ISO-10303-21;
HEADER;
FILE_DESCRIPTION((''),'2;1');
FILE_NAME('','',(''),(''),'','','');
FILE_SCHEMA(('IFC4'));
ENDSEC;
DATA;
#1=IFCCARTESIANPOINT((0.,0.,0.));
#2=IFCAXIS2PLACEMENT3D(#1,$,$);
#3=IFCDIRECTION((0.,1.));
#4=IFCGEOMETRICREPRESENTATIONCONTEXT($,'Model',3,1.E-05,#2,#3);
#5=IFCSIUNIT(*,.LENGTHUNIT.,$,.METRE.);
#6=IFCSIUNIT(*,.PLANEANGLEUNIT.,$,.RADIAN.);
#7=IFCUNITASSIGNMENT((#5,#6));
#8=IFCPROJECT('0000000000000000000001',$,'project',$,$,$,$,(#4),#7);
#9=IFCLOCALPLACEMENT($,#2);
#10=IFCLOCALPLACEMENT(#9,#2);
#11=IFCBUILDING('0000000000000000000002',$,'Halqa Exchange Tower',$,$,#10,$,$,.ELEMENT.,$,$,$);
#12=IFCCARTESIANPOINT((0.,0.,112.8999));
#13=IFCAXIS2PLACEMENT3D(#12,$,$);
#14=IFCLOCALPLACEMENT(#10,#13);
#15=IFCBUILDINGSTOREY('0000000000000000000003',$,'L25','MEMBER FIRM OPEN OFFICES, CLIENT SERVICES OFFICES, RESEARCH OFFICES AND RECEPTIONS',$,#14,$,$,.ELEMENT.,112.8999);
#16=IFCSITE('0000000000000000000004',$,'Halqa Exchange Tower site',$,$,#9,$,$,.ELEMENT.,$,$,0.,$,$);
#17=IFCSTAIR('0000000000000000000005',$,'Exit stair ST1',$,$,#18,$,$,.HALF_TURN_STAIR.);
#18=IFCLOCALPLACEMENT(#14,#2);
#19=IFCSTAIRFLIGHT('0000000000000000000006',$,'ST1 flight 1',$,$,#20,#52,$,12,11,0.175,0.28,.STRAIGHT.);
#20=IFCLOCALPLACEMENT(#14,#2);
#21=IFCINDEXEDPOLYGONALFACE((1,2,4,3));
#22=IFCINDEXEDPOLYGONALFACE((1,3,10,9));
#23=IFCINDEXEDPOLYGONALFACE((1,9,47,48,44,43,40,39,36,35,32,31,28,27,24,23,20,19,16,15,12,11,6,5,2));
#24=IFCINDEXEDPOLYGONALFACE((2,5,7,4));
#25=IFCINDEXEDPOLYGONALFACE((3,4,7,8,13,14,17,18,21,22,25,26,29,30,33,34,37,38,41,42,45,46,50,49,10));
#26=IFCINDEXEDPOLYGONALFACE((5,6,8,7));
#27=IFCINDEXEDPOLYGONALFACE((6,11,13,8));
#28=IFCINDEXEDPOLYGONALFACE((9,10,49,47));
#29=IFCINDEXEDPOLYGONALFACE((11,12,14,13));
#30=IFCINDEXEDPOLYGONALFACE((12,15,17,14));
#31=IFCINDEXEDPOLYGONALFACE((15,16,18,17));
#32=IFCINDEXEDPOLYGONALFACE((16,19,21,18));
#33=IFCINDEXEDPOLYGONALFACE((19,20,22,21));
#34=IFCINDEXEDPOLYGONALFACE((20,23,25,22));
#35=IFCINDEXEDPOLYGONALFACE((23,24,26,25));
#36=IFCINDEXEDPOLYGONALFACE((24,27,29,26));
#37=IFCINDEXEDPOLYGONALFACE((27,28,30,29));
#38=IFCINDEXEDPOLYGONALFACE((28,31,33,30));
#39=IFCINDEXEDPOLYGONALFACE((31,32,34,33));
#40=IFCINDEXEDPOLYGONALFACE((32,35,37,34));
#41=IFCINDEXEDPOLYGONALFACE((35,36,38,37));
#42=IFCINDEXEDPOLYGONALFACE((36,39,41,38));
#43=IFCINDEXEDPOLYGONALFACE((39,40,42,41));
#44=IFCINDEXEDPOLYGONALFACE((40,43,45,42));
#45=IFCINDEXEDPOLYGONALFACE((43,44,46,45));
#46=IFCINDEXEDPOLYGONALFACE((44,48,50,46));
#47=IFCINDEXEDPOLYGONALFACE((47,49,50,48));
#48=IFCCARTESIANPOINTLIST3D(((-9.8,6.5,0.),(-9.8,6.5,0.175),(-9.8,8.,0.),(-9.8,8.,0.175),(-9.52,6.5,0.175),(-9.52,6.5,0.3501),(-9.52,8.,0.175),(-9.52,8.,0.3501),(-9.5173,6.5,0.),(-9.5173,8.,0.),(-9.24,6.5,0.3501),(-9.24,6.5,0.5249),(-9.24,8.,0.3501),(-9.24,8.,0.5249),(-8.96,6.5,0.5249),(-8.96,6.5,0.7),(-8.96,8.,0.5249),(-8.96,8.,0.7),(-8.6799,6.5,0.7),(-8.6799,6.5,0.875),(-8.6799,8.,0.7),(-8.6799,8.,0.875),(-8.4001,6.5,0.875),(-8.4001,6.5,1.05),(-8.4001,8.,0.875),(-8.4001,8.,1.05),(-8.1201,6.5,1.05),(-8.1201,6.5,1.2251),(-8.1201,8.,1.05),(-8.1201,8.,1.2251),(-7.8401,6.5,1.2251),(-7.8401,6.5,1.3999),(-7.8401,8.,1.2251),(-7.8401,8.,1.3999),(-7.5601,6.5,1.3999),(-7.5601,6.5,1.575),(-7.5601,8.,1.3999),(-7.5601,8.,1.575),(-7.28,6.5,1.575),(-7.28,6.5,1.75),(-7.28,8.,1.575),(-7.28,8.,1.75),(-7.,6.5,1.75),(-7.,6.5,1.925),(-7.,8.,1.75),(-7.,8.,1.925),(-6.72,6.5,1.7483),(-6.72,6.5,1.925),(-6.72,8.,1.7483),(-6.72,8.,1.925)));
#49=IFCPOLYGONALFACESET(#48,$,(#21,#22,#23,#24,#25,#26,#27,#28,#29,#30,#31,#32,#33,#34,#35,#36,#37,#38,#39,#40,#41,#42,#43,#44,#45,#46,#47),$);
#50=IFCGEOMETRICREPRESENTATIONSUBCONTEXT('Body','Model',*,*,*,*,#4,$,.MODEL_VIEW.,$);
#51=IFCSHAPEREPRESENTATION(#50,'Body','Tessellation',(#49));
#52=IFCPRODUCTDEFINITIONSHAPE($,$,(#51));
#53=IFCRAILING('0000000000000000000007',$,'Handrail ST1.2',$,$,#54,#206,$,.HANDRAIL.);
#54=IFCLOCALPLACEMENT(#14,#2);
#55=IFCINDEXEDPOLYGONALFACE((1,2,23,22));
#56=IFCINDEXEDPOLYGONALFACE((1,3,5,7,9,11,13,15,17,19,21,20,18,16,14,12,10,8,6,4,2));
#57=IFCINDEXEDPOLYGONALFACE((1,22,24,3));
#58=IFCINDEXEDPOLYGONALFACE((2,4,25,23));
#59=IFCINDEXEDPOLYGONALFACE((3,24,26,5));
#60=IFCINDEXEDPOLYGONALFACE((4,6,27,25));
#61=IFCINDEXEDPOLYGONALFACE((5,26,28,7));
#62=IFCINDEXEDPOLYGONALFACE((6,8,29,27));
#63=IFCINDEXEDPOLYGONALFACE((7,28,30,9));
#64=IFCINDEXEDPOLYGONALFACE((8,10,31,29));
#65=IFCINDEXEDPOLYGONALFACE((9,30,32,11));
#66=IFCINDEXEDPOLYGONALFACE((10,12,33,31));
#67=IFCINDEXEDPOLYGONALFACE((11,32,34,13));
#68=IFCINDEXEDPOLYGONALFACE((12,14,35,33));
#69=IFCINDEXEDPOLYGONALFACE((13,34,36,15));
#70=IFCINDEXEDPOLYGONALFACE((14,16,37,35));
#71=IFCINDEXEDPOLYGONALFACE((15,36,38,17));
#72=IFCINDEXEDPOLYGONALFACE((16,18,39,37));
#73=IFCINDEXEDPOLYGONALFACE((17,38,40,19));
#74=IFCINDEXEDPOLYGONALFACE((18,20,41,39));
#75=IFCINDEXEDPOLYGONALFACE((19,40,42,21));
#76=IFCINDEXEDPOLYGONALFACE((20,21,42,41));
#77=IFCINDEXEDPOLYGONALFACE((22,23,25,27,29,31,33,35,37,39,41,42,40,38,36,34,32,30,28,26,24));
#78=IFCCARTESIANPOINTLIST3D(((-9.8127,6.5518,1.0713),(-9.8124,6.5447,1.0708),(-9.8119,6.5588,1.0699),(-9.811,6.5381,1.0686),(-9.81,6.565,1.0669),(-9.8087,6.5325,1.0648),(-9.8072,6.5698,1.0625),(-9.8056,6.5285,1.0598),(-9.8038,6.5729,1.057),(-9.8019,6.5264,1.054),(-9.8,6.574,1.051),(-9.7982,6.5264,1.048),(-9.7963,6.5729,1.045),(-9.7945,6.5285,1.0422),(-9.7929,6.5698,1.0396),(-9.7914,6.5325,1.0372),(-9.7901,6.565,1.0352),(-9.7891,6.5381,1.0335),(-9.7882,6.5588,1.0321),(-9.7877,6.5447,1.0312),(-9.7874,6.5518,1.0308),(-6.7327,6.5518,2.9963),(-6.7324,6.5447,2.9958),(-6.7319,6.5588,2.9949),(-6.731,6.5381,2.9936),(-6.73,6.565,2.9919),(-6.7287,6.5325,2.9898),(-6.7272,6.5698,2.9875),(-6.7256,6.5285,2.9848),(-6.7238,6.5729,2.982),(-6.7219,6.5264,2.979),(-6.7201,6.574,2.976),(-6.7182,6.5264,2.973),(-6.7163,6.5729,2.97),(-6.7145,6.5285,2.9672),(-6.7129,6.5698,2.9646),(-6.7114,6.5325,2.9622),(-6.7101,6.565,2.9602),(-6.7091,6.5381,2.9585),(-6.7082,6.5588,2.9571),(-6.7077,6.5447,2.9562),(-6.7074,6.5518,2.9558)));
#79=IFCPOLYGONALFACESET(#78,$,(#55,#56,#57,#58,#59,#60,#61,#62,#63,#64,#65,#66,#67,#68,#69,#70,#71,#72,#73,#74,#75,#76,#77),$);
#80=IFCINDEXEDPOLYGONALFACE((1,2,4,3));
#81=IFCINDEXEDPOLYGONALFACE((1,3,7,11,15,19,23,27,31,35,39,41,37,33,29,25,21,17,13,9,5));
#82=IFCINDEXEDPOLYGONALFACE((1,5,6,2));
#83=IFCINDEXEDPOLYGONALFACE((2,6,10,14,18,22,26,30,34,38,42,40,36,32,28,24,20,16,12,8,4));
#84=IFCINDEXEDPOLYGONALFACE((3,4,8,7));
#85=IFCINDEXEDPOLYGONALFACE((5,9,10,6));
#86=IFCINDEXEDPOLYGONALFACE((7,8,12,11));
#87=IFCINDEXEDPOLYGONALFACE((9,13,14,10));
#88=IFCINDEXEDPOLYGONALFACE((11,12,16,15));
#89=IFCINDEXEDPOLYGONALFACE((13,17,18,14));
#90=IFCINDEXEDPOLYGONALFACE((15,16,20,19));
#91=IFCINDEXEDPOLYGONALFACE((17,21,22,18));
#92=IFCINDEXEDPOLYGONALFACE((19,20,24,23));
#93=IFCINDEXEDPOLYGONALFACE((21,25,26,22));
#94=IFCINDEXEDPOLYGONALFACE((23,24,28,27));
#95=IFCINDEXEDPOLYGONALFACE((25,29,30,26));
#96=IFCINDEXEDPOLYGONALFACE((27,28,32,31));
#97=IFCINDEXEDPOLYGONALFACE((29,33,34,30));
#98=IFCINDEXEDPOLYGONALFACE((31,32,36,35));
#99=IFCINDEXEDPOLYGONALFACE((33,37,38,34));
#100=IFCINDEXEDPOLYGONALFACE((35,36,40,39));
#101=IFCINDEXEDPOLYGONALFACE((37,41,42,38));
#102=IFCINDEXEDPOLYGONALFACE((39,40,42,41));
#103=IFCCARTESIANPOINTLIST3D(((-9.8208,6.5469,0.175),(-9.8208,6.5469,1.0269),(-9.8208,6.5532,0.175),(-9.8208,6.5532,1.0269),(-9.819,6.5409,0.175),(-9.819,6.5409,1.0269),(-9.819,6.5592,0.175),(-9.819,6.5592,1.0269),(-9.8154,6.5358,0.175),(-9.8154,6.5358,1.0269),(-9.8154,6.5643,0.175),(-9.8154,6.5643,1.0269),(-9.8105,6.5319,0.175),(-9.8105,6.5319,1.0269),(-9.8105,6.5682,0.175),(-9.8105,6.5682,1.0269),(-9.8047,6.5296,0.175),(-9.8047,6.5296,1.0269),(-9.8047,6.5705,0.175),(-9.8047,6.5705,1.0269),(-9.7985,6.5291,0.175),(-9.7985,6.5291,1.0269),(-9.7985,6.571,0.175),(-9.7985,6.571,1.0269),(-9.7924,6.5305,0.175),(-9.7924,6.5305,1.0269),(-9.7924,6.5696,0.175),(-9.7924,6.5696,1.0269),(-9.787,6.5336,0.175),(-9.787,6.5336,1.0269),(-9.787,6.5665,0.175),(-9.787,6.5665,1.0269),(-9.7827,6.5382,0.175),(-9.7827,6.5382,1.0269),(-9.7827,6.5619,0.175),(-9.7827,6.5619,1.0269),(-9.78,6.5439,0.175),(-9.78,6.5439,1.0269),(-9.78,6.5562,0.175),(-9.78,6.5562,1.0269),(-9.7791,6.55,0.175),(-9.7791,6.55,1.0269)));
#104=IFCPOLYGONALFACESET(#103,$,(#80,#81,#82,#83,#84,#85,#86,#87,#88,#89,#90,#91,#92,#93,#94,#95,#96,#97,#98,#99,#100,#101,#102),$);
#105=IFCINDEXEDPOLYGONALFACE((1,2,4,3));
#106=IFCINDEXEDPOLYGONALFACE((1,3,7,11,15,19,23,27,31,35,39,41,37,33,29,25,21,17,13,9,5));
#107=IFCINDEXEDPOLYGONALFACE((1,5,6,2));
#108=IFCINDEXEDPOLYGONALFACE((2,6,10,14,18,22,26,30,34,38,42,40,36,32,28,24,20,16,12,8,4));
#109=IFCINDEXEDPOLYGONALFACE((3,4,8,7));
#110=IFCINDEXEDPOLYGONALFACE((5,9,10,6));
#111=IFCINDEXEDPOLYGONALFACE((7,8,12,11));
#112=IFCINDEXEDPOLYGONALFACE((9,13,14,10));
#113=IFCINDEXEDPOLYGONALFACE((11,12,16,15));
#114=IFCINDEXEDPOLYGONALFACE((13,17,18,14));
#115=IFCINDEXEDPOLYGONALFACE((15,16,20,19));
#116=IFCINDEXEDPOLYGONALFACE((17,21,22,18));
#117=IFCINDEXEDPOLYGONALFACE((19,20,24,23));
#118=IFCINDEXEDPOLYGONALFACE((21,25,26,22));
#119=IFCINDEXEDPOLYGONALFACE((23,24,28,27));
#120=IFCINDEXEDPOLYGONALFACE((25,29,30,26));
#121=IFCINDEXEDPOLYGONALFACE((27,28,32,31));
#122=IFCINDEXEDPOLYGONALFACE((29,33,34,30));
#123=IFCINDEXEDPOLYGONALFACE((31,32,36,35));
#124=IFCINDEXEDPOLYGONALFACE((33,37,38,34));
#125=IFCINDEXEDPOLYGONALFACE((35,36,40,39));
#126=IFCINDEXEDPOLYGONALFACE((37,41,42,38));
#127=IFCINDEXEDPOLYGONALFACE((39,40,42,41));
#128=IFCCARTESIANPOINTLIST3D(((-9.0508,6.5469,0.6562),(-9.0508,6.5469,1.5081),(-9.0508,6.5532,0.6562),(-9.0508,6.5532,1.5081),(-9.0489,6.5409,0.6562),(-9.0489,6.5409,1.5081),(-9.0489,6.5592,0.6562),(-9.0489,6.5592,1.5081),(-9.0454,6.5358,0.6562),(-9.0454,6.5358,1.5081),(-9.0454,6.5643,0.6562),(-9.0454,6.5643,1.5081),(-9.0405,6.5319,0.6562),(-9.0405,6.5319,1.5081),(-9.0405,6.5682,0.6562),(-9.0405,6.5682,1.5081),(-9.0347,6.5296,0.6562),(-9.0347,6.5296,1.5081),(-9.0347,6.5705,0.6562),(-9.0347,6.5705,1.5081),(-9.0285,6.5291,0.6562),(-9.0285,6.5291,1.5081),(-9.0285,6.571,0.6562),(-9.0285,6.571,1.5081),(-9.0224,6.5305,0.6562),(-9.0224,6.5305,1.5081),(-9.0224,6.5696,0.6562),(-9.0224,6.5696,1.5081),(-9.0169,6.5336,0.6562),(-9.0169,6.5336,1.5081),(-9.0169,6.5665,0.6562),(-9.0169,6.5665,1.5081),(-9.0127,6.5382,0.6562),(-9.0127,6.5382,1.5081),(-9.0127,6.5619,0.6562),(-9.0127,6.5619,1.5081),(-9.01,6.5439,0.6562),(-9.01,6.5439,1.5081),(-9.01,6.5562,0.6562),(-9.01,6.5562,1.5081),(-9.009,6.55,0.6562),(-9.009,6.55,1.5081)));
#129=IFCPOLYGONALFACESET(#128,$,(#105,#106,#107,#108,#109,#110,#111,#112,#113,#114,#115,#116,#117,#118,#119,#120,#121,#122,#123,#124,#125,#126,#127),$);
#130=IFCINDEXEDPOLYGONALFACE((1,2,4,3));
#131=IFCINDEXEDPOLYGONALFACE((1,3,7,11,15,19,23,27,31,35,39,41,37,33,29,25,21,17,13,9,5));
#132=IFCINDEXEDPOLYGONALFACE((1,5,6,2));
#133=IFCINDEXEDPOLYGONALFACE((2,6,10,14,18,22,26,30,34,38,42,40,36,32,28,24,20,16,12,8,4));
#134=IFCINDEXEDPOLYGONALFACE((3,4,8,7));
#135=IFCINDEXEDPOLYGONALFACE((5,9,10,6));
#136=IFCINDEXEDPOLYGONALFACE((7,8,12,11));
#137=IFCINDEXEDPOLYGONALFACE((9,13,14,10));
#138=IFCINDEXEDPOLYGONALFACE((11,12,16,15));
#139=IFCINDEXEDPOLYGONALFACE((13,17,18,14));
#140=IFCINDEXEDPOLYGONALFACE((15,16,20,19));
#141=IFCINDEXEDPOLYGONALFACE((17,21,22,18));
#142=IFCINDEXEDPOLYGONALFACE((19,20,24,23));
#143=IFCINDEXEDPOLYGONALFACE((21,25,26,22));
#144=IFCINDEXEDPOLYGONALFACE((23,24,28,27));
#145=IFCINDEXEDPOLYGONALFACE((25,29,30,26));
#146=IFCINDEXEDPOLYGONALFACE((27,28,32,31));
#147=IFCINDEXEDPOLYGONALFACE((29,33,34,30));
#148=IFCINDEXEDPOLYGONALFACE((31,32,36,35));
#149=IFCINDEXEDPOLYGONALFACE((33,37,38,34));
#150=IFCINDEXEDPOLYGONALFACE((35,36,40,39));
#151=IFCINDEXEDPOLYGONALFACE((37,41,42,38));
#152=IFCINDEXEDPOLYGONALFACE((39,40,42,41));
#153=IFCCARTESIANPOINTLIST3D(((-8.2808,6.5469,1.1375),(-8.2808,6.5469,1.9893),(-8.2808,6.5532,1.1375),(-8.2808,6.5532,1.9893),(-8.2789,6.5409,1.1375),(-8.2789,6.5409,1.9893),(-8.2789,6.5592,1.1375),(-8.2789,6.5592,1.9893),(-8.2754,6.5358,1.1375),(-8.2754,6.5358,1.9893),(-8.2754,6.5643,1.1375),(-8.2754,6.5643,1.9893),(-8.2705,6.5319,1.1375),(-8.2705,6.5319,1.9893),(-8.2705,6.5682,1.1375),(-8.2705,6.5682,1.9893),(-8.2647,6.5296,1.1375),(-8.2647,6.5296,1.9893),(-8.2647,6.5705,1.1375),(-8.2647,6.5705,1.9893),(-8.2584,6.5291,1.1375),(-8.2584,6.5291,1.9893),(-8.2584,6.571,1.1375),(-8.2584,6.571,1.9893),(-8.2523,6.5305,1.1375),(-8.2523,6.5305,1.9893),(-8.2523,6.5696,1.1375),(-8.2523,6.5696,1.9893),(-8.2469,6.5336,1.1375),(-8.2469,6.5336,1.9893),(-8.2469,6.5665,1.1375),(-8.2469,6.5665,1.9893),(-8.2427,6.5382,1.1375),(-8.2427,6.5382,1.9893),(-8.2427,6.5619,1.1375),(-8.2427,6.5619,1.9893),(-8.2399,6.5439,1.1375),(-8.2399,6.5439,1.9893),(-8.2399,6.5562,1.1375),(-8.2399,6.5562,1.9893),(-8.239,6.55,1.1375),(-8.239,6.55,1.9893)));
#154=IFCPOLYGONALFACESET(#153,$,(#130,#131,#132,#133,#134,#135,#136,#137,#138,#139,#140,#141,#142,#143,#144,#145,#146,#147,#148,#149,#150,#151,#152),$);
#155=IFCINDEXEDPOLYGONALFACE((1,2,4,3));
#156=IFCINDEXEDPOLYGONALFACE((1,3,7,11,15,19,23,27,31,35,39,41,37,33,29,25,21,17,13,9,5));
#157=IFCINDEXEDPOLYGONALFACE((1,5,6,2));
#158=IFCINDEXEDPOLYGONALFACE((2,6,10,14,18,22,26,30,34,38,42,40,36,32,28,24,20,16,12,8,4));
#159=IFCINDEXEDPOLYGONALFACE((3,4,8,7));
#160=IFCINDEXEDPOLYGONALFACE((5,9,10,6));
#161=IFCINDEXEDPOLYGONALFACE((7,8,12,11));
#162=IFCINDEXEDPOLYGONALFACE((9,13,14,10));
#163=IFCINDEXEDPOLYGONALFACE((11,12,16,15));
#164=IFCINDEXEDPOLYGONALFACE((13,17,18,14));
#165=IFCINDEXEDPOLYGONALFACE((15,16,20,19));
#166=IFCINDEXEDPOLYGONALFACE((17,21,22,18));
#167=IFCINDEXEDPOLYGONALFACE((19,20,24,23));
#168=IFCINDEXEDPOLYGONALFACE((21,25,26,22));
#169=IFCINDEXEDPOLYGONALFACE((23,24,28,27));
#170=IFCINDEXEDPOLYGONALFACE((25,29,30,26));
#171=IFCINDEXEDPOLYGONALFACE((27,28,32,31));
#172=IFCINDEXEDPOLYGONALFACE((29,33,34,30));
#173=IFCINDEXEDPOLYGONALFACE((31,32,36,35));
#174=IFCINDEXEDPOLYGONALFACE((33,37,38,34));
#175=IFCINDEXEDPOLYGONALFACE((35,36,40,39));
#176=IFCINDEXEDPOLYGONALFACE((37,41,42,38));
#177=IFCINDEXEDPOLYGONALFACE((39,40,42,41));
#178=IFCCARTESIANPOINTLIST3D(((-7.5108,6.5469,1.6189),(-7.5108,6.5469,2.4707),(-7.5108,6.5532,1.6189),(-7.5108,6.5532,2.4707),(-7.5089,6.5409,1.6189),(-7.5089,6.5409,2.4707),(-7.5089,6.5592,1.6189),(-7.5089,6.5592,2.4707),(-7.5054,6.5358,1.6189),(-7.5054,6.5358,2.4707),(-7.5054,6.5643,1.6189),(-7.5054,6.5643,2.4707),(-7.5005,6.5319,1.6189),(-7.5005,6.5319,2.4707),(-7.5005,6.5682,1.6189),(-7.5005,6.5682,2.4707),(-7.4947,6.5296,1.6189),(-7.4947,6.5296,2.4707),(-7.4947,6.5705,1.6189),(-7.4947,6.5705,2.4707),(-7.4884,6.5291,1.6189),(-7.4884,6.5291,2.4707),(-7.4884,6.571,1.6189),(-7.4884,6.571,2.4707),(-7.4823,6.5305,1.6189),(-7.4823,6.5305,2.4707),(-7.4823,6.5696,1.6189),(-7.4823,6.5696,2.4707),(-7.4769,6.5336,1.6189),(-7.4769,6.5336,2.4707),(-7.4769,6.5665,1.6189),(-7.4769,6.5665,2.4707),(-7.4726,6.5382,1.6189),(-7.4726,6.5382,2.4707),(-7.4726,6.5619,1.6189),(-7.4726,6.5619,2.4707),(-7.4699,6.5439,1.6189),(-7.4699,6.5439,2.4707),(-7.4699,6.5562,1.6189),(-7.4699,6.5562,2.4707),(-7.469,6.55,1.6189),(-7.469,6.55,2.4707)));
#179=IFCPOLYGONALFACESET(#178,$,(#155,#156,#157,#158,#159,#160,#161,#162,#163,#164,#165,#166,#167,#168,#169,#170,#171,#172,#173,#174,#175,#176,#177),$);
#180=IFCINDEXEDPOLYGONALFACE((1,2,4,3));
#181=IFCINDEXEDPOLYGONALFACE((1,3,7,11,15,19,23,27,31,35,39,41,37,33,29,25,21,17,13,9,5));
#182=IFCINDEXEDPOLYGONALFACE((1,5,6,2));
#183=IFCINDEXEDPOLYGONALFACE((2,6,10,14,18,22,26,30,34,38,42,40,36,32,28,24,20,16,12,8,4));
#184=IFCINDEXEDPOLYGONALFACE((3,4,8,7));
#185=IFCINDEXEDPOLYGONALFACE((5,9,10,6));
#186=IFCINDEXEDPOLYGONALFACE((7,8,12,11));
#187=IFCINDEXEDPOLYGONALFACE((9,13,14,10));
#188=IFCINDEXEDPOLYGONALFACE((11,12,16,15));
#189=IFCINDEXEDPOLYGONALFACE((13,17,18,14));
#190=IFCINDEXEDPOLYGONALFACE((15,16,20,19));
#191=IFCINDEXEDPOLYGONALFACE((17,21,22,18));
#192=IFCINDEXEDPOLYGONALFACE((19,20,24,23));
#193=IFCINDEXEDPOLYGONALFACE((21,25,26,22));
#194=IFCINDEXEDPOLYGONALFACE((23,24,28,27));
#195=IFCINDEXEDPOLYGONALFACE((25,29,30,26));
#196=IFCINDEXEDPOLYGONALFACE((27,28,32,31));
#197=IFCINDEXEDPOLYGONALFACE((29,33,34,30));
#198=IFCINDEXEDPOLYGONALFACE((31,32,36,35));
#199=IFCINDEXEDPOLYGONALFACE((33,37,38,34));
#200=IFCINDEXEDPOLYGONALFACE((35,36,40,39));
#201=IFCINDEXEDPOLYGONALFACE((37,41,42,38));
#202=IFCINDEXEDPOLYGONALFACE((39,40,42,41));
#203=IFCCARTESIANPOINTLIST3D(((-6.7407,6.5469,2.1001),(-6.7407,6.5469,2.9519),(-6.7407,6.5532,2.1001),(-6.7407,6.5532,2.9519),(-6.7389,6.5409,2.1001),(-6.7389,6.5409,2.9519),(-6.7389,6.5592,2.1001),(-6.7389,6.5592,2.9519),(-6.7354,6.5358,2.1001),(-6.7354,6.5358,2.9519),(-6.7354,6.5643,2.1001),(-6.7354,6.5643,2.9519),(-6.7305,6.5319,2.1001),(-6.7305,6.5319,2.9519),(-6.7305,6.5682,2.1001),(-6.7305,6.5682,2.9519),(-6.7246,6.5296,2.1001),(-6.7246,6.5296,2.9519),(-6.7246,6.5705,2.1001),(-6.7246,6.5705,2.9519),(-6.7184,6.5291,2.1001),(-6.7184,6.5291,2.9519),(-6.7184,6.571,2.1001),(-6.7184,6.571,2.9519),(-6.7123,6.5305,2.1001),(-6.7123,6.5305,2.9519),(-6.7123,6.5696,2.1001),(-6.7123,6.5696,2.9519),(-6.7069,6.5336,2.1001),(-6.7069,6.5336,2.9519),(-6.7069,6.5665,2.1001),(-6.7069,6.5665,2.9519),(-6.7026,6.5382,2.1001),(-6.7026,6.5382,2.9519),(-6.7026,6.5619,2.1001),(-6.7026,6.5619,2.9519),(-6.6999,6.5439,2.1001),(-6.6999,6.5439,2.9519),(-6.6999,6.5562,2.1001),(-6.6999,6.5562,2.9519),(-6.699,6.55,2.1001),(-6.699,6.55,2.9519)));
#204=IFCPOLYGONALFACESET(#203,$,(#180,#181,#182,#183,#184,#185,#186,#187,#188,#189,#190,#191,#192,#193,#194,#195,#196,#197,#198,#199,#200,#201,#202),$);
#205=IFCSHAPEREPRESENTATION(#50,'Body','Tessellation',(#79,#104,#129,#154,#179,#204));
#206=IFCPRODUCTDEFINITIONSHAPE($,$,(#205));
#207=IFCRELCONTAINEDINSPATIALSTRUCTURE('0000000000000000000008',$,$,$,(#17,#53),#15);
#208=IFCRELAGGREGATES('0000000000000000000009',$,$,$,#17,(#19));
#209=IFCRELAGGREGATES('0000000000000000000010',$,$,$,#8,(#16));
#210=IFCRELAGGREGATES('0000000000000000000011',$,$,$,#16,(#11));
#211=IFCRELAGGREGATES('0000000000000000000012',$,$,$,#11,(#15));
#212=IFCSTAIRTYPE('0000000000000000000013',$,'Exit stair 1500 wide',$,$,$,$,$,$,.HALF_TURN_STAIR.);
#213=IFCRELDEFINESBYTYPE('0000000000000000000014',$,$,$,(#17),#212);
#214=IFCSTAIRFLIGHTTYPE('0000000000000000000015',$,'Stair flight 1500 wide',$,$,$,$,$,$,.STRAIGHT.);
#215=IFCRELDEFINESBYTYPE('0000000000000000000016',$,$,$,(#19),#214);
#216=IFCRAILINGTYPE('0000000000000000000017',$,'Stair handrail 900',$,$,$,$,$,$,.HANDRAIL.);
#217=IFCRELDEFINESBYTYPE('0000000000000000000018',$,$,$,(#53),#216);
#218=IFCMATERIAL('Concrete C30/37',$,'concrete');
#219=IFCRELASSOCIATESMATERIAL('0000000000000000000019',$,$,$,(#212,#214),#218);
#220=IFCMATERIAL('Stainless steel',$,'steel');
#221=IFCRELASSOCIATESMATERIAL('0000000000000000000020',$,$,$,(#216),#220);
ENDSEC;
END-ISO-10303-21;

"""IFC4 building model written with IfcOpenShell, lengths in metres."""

from ifc_helpers import new_model, si_unit, direction, frame, origin, origin_2d, place, context, subcontext, project, spatial, polyline, circle, outline, extrude, material, type_object, element, aggregate, save


model = new_model("IFC4")

# Units and contexts
model_context = context("Model", 3, precision=1e-05, world=origin(), true_north=direction((0.0, 1.0)))
body_context = subcontext(model_context, "Body", "Model", "MODEL_VIEW")
ifc_project = project(units=[si_unit("LENGTHUNIT", "METRE"), si_unit("PLANEANGLEUNIT", "RADIAN")], contexts=[model_context])

# Site, building, storey
site_placement = place(None, origin())
site = spatial("IfcSite", under=ifc_project, at=site_placement, Name="Halqa Exchange Tower site", CompositionType="ELEMENT", RefElevation=0.0)
building_placement = place(site_placement, origin())
building = spatial("IfcBuilding", under=site, at=building_placement, Name="Halqa Exchange Tower", CompositionType="ELEMENT")
storey_placement = place(building_placement, frame((0.0, 0.0, 112.8999)))
storey = spatial("IfcBuildingStorey", under=building, at=storey_placement, Name="L25", Description="MEMBER FIRM OPEN OFFICES, CLIENT SERVICES OFFICES, RESEARCH OFFICES AND RECEPTIONS", CompositionType="ELEMENT", Elevation=112.8999)

# Shared definitions
ifc_material_1 = material(Name="Stainless steel", Category="steel")

# Shared definitions
ifc_material_2 = material(Name="Concrete C30/37", Category="concrete")

# Stair, stair flight
stair_type = type_object("IfcStairType", Name="Exit stair 1500 wide", PredefinedType="HALF_TURN_STAIR", material=ifc_material_2)
stair_placement = place(storey_placement, origin())
stair = element("IfcStair", 1, at=stair_placement, inside=storey, type_object=stair_type, Name="Exit stair ST1", PredefinedType="HALF_TURN_STAIR")
stair_flight_type = type_object("IfcStairFlightType", Name="Stair flight 1500 wide", PredefinedType="STRAIGHT", material=ifc_material_2)
stair_flight_placement = place(storey_placement, frame((-9.8, 7.25, 0.0), z_axis=(0.0, 0.0, 1.0), x_axis=(1.0, 0.0, 0.0)))
stair_flight = element("IfcStairFlight", 2, at=stair_flight_placement, type_object=stair_flight_type, Name="ST1 flight 1", NumberOfRisers=12, NumberOfTreads=11, PredefinedType="STRAIGHT", RiserHeight=0.175, TreadLength=0.28, context=body_context, shape_type="SweptSolid", body=[
    extrude(outline(polyline([(0.0, 0.0), (0.0, 0.175), (0.28, 0.175), (0.28, 0.3501), (0.5601, 0.3501), (0.5601, 0.5249), (0.8401, 0.5249), (0.8401, 0.7), (1.1201, 0.7), (1.1201, 0.875), (1.3999, 0.875), (1.3999, 1.05), (1.6799, 1.05), (1.6799, 1.2251), (1.96, 1.2251), (1.96, 1.3999), (2.24, 1.3999), (2.24, 1.575), (2.52, 1.575), (2.52, 1.75), (2.8, 1.75), (2.8, 1.925), (3.0801, 1.925), (3.0801, 2.1001), (3.0801, 1.7483), (0.2827, 0.0), (0.0, 0.0)])), frame((0.0, 0.75, 0.0), z_axis=(0.0, -1.0, 0.0), x_axis=(1.0, 0.0, 0.0)), (0.0, 0.0, 1.0), 1.5),
])
aggregate(stair, [stair_flight])

# Railing
railing_type_1 = type_object("IfcRailingType", Name="Stair handrail 900", PredefinedType="HANDRAIL", material=ifc_material_1)
railing_1_placement = place(storey_placement, frame((-9.8, 6.55, 0.175)))
element("IfcRailing", 3, at=railing_1_placement, inside=storey, type_object=railing_type_1, Name="Handrail ST1.2", PredefinedType="HANDRAIL", context=body_context, shape_type="SweptSolid", body=[
    extrude(circle(Radius=0.0239, at=origin_2d()), frame((0.0, 0.0, 0.876), z_axis=(0.847998, 0.0, 0.529999), x_axis=(0.0, 1.0, 0.0)), (0.0, 0.0, 1.0), 3.6321),
    extrude(circle(Radius=0.021, at=origin_2d()), origin(), (0.0, 0.0, 1.0), 0.8518),
    extrude(circle(Radius=0.021, at=origin_2d()), frame((0.77, 0.0, 0.4812)), (0.0, 0.0, 1.0), 0.8518),
    extrude(circle(Radius=0.021, at=origin_2d()), frame((1.54, 0.0, 0.9624)), (0.0, 0.0, 1.0), 0.8518),
    extrude(circle(Radius=0.021, at=origin_2d()), frame((2.3101, 0.0, 1.4438)), (0.0, 0.0, 1.0), 0.8518),
    extrude(circle(Radius=0.021, at=origin_2d()), frame((3.0801, 0.0, 1.925)), (0.0, 0.0, 1.0), 0.8518),
])

save(model, "model.ifc")
